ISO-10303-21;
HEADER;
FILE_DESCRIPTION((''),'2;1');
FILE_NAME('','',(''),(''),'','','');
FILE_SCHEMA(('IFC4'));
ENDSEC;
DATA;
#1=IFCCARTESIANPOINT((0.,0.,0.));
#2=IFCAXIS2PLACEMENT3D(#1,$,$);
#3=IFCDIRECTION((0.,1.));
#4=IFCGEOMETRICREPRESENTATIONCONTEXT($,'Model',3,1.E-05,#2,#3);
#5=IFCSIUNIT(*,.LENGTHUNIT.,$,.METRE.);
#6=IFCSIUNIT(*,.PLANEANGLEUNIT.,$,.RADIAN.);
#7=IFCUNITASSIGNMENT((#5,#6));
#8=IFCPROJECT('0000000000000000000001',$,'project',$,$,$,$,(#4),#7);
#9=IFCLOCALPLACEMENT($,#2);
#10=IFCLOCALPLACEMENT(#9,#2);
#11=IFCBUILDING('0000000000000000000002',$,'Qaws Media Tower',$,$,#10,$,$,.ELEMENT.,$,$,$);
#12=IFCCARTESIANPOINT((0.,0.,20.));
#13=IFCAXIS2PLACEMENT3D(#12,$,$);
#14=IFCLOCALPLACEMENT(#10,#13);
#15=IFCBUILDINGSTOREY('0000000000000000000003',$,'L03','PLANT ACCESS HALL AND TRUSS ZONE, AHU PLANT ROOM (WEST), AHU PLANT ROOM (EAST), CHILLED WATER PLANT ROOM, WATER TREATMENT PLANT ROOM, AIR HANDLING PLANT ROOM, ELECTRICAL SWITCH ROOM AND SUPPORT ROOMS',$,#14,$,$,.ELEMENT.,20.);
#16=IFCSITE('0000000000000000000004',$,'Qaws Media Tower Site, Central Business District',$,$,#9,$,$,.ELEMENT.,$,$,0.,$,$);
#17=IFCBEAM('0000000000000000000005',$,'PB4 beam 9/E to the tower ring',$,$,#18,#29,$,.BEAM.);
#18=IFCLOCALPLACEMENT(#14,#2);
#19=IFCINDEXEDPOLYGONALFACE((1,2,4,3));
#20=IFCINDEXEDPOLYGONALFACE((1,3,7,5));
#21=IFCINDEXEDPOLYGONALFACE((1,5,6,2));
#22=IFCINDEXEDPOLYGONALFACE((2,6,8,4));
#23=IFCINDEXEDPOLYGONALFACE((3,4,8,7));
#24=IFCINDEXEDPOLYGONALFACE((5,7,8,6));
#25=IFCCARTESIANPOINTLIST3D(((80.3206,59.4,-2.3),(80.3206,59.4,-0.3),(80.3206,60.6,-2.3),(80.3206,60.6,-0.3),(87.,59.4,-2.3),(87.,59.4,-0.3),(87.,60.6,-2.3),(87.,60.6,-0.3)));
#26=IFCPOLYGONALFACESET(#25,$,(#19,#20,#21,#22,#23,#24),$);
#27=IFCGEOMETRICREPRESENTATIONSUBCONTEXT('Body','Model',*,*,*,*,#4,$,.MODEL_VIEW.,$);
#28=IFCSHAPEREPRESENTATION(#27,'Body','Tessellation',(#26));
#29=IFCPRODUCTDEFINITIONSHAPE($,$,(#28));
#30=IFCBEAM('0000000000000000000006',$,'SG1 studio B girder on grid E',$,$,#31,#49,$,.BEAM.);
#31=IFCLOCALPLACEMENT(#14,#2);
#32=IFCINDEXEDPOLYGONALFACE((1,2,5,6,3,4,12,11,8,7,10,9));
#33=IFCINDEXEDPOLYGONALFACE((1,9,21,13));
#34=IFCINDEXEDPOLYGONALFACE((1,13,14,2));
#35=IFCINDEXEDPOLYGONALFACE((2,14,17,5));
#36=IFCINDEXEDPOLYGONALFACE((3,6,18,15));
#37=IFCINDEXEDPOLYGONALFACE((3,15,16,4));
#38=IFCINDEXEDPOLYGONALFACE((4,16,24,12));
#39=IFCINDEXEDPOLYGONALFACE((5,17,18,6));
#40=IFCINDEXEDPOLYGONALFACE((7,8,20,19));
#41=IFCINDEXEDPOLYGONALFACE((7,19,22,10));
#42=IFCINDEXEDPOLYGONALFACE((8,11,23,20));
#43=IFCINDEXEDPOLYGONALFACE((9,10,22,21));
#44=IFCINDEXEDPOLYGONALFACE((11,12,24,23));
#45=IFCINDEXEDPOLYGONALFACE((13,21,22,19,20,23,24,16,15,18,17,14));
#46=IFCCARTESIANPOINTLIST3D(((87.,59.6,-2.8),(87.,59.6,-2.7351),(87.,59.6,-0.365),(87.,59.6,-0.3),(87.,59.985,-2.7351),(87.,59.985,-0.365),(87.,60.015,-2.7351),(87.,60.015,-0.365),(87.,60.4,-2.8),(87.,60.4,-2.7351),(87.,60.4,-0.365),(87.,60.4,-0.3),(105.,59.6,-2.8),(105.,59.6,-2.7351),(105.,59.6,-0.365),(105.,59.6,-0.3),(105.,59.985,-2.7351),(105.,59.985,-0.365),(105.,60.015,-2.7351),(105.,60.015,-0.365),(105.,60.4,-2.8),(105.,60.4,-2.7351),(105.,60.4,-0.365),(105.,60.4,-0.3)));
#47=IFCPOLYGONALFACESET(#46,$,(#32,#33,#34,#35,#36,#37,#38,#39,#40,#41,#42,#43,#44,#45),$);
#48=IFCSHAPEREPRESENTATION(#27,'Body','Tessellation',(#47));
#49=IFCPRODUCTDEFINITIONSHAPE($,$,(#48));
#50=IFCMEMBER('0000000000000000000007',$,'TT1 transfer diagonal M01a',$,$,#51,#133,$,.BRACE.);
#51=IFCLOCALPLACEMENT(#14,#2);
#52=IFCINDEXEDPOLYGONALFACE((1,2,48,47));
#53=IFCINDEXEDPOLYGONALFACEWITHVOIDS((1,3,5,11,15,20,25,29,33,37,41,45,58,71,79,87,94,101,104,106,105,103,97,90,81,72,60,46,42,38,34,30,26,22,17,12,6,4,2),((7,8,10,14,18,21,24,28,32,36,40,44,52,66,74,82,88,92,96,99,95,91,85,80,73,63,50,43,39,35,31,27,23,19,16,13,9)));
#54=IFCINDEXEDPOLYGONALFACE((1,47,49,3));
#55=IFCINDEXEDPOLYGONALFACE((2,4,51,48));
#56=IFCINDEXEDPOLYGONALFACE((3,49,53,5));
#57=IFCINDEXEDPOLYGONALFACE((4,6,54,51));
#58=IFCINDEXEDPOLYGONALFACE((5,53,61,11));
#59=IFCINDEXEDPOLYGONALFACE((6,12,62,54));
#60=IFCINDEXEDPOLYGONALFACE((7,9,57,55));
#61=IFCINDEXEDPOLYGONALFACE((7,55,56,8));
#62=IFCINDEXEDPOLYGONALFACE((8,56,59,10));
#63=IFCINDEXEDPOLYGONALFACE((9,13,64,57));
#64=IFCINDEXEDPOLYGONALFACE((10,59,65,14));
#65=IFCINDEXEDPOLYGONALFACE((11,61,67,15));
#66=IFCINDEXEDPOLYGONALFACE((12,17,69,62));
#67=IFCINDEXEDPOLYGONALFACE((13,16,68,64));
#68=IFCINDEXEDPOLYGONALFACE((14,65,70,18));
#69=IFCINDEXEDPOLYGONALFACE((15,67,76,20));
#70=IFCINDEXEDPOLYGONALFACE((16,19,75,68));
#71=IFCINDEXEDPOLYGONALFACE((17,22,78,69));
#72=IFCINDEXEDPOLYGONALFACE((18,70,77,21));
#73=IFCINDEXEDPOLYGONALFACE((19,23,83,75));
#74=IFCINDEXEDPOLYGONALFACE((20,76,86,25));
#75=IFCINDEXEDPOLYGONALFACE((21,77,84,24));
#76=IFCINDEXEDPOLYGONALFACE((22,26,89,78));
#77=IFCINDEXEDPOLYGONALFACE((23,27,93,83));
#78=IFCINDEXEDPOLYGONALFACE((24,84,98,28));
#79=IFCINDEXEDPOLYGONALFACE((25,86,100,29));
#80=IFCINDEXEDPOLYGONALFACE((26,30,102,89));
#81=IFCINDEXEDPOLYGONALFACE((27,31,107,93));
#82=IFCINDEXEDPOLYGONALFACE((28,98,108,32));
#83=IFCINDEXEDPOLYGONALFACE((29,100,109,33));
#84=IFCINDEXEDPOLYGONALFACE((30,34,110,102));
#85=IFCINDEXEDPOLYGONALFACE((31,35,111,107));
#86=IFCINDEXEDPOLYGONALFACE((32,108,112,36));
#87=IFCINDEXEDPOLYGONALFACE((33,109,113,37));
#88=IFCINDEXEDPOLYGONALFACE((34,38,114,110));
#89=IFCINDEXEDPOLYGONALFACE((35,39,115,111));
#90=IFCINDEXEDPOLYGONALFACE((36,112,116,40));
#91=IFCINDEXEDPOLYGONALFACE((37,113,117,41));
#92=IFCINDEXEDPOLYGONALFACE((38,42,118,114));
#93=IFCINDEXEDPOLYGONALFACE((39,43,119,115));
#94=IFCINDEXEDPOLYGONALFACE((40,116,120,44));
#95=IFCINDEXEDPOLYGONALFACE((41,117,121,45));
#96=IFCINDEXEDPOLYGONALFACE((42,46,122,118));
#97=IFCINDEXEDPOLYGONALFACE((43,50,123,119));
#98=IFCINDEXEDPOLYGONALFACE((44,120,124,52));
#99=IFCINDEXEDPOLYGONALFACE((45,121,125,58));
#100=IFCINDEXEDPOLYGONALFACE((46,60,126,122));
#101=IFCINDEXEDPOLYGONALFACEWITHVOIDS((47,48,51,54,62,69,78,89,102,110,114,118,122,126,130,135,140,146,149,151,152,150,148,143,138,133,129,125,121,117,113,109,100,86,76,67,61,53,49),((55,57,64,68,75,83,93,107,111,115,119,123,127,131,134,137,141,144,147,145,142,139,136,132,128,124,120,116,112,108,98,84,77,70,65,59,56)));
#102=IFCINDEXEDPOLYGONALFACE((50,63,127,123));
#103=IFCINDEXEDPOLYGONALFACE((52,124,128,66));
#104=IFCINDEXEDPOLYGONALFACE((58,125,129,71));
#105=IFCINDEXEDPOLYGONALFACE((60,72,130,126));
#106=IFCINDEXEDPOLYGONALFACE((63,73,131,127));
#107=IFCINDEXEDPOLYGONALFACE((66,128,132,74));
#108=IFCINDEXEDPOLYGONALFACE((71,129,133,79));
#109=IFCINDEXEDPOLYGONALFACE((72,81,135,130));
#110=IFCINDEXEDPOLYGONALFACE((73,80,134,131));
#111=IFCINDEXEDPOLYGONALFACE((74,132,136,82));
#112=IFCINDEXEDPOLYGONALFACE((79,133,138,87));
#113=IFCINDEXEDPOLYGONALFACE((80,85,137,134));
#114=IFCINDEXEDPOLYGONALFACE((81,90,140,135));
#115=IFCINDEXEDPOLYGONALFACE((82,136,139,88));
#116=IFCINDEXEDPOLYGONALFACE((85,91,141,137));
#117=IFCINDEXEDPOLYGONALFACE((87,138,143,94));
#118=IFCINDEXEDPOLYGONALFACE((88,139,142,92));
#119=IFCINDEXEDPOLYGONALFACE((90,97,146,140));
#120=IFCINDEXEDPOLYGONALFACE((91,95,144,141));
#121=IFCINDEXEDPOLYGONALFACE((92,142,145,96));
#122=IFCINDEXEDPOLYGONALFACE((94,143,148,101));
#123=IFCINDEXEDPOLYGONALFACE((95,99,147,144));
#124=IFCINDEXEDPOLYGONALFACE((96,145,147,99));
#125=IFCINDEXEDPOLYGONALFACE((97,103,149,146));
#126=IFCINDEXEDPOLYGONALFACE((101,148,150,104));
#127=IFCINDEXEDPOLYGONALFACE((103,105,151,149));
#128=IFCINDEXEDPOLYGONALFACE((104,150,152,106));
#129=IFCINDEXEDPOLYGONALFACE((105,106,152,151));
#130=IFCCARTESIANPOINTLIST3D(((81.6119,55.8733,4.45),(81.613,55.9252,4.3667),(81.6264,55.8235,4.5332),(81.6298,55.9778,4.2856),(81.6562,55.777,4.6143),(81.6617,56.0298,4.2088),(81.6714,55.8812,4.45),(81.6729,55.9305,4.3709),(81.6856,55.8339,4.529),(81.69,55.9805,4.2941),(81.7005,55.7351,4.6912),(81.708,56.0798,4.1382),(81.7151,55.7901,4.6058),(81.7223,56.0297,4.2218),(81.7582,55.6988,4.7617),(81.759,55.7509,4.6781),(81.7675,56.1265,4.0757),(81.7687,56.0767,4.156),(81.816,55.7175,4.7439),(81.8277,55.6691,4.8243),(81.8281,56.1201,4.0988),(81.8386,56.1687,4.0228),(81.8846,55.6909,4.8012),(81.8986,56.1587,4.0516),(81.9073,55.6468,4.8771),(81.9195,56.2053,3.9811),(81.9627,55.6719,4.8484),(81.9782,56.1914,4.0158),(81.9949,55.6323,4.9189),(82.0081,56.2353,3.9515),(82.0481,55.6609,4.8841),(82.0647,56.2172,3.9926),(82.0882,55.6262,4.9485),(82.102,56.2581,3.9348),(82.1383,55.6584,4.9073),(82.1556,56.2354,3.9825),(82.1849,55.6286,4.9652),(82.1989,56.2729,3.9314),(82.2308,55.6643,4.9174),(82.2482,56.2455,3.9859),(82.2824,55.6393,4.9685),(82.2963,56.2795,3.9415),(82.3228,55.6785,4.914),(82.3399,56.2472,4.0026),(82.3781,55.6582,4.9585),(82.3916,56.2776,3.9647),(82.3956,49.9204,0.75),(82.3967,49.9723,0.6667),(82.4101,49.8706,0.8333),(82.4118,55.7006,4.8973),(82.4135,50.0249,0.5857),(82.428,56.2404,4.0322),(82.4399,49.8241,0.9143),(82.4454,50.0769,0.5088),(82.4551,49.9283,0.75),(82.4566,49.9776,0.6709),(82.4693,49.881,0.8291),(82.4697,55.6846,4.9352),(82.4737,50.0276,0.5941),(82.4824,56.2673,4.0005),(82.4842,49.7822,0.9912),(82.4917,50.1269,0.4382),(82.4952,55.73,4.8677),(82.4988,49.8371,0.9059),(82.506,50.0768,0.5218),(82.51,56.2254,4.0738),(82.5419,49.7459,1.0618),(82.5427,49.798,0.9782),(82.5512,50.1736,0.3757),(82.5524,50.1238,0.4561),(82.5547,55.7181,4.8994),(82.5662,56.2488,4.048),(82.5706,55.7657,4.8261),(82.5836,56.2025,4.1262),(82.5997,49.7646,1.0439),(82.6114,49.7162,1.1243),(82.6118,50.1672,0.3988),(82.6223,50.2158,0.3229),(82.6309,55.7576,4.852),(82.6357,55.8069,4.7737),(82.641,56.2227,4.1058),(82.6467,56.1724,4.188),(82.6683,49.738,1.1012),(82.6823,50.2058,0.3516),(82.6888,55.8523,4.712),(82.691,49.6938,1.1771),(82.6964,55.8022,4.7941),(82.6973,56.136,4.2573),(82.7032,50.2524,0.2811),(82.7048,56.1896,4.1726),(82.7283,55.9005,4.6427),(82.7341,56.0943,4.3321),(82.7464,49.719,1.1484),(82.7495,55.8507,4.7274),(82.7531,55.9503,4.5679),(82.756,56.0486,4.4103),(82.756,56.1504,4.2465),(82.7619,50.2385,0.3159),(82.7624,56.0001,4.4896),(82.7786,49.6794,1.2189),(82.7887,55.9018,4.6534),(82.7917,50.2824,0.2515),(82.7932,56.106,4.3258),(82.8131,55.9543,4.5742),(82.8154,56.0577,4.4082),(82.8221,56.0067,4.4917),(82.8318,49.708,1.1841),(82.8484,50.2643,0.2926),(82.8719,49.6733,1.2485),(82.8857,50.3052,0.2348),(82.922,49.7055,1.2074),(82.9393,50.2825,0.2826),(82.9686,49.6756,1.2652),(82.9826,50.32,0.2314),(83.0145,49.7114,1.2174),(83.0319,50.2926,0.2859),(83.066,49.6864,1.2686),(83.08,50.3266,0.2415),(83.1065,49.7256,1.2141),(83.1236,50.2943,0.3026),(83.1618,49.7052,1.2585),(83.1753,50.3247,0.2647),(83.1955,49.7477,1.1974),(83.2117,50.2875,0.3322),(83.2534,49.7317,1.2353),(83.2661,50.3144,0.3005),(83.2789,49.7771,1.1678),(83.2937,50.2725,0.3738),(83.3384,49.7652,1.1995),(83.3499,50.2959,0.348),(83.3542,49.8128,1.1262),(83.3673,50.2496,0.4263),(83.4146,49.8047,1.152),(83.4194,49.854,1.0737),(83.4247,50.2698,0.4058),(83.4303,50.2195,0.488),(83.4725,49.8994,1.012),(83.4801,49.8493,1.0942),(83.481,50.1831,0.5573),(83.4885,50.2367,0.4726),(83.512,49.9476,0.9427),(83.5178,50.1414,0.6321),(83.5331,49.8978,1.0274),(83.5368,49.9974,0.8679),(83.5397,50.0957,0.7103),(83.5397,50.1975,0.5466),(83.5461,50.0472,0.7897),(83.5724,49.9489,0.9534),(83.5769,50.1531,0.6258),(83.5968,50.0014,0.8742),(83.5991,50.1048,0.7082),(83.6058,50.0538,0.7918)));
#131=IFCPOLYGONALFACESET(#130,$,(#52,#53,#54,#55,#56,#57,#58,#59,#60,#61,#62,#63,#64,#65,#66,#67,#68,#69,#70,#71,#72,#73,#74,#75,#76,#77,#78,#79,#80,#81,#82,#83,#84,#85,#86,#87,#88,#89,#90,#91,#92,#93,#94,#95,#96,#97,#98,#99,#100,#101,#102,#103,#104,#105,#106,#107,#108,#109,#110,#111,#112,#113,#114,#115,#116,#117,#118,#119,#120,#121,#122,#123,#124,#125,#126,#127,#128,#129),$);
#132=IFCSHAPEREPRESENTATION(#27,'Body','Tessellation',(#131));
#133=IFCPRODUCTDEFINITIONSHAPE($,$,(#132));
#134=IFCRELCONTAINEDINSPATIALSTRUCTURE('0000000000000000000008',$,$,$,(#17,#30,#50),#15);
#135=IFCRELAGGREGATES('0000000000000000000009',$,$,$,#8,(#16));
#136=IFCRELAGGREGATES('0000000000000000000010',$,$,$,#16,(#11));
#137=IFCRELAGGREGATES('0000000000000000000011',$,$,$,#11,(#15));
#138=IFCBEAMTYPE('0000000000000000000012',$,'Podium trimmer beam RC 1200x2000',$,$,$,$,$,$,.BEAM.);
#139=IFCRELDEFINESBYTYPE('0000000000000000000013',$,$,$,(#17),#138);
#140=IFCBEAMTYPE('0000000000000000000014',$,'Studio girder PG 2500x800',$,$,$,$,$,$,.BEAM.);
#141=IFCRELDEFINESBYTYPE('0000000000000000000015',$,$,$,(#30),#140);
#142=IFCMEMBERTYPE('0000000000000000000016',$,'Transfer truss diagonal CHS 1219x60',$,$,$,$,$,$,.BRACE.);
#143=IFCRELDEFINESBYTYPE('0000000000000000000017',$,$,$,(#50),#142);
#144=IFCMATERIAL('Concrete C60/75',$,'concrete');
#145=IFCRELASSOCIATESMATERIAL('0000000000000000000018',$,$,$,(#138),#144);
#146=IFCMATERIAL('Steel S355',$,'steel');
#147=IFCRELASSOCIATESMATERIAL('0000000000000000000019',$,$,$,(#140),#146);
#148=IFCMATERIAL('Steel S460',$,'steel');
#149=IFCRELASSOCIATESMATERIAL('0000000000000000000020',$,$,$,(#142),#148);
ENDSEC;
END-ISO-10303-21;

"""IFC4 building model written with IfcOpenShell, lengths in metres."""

from ifc_helpers import new_model, si_unit, direction, frame, origin, origin_2d, place, context, subcontext, project, spatial, rectangle, hollow_circle, i_section, extrude, material, material_profile, profile_set, type_object, element, save


model = new_model("IFC4")

# Units and contexts
model_context = context("Model", 3, precision=1e-05, world=origin(), true_north=direction((0.0, 1.0)))
body_context = subcontext(model_context, "Body", "Model", "MODEL_VIEW")
ifc_project = project(units=[si_unit("LENGTHUNIT", "METRE"), si_unit("PLANEANGLEUNIT", "RADIAN")], contexts=[model_context])

# Site, building, storey
site_placement = place(None, origin())
site = spatial("IfcSite", under=ifc_project, at=site_placement, Name="Qaws Media Tower Site, Central Business District", CompositionType="ELEMENT", RefElevation=0.0)
building_placement = place(site_placement, origin())
building = spatial("IfcBuilding", under=site, at=building_placement, Name="Qaws Media Tower", CompositionType="ELEMENT")
storey_placement = place(building_placement, frame((0.0, 0.0, 20.0)))
storey = spatial("IfcBuildingStorey", under=building, at=storey_placement, Name="L03", Description="PLANT ACCESS HALL AND TRUSS ZONE, AHU PLANT ROOM (WEST), AHU PLANT ROOM (EAST), CHILLED WATER PLANT ROOM, WATER TREATMENT PLANT ROOM, AIR HANDLING PLANT ROOM, ELECTRICAL SWITCH ROOM AND SUPPORT ROOMS", CompositionType="ELEMENT", Elevation=20.0)

# Beams
ifc_material_1 = material(Name="Concrete C60/75", Category="concrete")
ifc_material_profile_1 = material_profile(ifc_material_1, rectangle(XDim=1.2, YDim=2.0, at=origin_2d()), Name="RC 1200x2000")
ifc_profile_set_1 = profile_set([ifc_material_profile_1], Name="Concrete C60/75")
beam_type_1 = type_object("IfcBeamType", Name="Podium trimmer beam RC 1200x2000", PredefinedType="BEAM", material=ifc_profile_set_1)
beam_1_placement = place(storey_placement, frame((87.0, 60.0, -1.3), z_axis=(-1.0, 0.0, 0.0), x_axis=(0.0, -1.0, 0.0)))
element("IfcBeam", 1, at=beam_1_placement, inside=storey, type_object=beam_type_1, Name="PB4 beam 9/E to the tower ring", PredefinedType="BEAM", context=body_context, shape_type="SweptSolid", body=[
    extrude(rectangle(XDim=1.2, YDim=2.0, at=origin_2d()), origin(), (0.0, 0.0, 1.0), 6.6794),
])
ifc_material_2 = material(Name="Steel S355", Category="steel")
ifc_material_profile_2 = material_profile(ifc_material_2, i_section(OverallWidth=0.8, OverallDepth=2.5, WebThickness=0.03, FlangeThickness=0.0649, at=origin_2d()), Name="PG 2500x800")
ifc_profile_set_2 = profile_set([ifc_material_profile_2], Name="Steel S355")
beam_type_2 = type_object("IfcBeamType", Name="Studio girder PG 2500x800", PredefinedType="BEAM", material=ifc_profile_set_2)
beam_2_placement = place(storey_placement, frame((87.0, 60.0, -1.55), z_axis=(1.0, 0.0, 0.0), x_axis=(0.0, 1.0, 0.0)))
element("IfcBeam", 2, at=beam_2_placement, inside=storey, type_object=beam_type_2, Name="SG1 studio B girder on grid E", PredefinedType="BEAM", context=body_context, shape_type="SweptSolid", body=[
    extrude(i_section(OverallWidth=0.8, OverallDepth=2.5, WebThickness=0.03, FlangeThickness=0.0649, at=origin_2d()), origin(), (0.0, 0.0, 1.0), 18.0),
])

# Member
ifc_material_3 = material(Name="Steel S460", Category="steel")
ifc_material_profile_3 = material_profile(ifc_material_3, hollow_circle(Radius=0.6096, WallThickness=0.0601, at=origin_2d()), Name="CHS 1219x60")
ifc_profile_set_3 = profile_set([ifc_material_profile_3], Name="Steel S460")
member_type = type_object("IfcMemberType", Name="Transfer truss diagonal CHS 1219x60", PredefinedType="BRACE", material=ifc_profile_set_3)
for number, where, z_axis, x_axis, name in (
    (3, (83.0, 50.0, 0.75), (-0.111119, 0.844057, 0.524615), (-0.991445, -0.130523, 0.0), "TT1 transfer diagonal M01a"),
):
    element("IfcMember", number, at=place(storey_placement, frame(where, z_axis=z_axis, x_axis=x_axis)), inside=storey, type_object=member_type, Name=name, PredefinedType="BRACE", context=body_context, shape_type="SweptSolid", body=[
        extrude(hollow_circle(Radius=0.6096, WallThickness=0.0601, at=origin_2d()), origin(), (0.0, 0.0, 1.0), 7.0527),
    ])

save(model, "model.ifc")
